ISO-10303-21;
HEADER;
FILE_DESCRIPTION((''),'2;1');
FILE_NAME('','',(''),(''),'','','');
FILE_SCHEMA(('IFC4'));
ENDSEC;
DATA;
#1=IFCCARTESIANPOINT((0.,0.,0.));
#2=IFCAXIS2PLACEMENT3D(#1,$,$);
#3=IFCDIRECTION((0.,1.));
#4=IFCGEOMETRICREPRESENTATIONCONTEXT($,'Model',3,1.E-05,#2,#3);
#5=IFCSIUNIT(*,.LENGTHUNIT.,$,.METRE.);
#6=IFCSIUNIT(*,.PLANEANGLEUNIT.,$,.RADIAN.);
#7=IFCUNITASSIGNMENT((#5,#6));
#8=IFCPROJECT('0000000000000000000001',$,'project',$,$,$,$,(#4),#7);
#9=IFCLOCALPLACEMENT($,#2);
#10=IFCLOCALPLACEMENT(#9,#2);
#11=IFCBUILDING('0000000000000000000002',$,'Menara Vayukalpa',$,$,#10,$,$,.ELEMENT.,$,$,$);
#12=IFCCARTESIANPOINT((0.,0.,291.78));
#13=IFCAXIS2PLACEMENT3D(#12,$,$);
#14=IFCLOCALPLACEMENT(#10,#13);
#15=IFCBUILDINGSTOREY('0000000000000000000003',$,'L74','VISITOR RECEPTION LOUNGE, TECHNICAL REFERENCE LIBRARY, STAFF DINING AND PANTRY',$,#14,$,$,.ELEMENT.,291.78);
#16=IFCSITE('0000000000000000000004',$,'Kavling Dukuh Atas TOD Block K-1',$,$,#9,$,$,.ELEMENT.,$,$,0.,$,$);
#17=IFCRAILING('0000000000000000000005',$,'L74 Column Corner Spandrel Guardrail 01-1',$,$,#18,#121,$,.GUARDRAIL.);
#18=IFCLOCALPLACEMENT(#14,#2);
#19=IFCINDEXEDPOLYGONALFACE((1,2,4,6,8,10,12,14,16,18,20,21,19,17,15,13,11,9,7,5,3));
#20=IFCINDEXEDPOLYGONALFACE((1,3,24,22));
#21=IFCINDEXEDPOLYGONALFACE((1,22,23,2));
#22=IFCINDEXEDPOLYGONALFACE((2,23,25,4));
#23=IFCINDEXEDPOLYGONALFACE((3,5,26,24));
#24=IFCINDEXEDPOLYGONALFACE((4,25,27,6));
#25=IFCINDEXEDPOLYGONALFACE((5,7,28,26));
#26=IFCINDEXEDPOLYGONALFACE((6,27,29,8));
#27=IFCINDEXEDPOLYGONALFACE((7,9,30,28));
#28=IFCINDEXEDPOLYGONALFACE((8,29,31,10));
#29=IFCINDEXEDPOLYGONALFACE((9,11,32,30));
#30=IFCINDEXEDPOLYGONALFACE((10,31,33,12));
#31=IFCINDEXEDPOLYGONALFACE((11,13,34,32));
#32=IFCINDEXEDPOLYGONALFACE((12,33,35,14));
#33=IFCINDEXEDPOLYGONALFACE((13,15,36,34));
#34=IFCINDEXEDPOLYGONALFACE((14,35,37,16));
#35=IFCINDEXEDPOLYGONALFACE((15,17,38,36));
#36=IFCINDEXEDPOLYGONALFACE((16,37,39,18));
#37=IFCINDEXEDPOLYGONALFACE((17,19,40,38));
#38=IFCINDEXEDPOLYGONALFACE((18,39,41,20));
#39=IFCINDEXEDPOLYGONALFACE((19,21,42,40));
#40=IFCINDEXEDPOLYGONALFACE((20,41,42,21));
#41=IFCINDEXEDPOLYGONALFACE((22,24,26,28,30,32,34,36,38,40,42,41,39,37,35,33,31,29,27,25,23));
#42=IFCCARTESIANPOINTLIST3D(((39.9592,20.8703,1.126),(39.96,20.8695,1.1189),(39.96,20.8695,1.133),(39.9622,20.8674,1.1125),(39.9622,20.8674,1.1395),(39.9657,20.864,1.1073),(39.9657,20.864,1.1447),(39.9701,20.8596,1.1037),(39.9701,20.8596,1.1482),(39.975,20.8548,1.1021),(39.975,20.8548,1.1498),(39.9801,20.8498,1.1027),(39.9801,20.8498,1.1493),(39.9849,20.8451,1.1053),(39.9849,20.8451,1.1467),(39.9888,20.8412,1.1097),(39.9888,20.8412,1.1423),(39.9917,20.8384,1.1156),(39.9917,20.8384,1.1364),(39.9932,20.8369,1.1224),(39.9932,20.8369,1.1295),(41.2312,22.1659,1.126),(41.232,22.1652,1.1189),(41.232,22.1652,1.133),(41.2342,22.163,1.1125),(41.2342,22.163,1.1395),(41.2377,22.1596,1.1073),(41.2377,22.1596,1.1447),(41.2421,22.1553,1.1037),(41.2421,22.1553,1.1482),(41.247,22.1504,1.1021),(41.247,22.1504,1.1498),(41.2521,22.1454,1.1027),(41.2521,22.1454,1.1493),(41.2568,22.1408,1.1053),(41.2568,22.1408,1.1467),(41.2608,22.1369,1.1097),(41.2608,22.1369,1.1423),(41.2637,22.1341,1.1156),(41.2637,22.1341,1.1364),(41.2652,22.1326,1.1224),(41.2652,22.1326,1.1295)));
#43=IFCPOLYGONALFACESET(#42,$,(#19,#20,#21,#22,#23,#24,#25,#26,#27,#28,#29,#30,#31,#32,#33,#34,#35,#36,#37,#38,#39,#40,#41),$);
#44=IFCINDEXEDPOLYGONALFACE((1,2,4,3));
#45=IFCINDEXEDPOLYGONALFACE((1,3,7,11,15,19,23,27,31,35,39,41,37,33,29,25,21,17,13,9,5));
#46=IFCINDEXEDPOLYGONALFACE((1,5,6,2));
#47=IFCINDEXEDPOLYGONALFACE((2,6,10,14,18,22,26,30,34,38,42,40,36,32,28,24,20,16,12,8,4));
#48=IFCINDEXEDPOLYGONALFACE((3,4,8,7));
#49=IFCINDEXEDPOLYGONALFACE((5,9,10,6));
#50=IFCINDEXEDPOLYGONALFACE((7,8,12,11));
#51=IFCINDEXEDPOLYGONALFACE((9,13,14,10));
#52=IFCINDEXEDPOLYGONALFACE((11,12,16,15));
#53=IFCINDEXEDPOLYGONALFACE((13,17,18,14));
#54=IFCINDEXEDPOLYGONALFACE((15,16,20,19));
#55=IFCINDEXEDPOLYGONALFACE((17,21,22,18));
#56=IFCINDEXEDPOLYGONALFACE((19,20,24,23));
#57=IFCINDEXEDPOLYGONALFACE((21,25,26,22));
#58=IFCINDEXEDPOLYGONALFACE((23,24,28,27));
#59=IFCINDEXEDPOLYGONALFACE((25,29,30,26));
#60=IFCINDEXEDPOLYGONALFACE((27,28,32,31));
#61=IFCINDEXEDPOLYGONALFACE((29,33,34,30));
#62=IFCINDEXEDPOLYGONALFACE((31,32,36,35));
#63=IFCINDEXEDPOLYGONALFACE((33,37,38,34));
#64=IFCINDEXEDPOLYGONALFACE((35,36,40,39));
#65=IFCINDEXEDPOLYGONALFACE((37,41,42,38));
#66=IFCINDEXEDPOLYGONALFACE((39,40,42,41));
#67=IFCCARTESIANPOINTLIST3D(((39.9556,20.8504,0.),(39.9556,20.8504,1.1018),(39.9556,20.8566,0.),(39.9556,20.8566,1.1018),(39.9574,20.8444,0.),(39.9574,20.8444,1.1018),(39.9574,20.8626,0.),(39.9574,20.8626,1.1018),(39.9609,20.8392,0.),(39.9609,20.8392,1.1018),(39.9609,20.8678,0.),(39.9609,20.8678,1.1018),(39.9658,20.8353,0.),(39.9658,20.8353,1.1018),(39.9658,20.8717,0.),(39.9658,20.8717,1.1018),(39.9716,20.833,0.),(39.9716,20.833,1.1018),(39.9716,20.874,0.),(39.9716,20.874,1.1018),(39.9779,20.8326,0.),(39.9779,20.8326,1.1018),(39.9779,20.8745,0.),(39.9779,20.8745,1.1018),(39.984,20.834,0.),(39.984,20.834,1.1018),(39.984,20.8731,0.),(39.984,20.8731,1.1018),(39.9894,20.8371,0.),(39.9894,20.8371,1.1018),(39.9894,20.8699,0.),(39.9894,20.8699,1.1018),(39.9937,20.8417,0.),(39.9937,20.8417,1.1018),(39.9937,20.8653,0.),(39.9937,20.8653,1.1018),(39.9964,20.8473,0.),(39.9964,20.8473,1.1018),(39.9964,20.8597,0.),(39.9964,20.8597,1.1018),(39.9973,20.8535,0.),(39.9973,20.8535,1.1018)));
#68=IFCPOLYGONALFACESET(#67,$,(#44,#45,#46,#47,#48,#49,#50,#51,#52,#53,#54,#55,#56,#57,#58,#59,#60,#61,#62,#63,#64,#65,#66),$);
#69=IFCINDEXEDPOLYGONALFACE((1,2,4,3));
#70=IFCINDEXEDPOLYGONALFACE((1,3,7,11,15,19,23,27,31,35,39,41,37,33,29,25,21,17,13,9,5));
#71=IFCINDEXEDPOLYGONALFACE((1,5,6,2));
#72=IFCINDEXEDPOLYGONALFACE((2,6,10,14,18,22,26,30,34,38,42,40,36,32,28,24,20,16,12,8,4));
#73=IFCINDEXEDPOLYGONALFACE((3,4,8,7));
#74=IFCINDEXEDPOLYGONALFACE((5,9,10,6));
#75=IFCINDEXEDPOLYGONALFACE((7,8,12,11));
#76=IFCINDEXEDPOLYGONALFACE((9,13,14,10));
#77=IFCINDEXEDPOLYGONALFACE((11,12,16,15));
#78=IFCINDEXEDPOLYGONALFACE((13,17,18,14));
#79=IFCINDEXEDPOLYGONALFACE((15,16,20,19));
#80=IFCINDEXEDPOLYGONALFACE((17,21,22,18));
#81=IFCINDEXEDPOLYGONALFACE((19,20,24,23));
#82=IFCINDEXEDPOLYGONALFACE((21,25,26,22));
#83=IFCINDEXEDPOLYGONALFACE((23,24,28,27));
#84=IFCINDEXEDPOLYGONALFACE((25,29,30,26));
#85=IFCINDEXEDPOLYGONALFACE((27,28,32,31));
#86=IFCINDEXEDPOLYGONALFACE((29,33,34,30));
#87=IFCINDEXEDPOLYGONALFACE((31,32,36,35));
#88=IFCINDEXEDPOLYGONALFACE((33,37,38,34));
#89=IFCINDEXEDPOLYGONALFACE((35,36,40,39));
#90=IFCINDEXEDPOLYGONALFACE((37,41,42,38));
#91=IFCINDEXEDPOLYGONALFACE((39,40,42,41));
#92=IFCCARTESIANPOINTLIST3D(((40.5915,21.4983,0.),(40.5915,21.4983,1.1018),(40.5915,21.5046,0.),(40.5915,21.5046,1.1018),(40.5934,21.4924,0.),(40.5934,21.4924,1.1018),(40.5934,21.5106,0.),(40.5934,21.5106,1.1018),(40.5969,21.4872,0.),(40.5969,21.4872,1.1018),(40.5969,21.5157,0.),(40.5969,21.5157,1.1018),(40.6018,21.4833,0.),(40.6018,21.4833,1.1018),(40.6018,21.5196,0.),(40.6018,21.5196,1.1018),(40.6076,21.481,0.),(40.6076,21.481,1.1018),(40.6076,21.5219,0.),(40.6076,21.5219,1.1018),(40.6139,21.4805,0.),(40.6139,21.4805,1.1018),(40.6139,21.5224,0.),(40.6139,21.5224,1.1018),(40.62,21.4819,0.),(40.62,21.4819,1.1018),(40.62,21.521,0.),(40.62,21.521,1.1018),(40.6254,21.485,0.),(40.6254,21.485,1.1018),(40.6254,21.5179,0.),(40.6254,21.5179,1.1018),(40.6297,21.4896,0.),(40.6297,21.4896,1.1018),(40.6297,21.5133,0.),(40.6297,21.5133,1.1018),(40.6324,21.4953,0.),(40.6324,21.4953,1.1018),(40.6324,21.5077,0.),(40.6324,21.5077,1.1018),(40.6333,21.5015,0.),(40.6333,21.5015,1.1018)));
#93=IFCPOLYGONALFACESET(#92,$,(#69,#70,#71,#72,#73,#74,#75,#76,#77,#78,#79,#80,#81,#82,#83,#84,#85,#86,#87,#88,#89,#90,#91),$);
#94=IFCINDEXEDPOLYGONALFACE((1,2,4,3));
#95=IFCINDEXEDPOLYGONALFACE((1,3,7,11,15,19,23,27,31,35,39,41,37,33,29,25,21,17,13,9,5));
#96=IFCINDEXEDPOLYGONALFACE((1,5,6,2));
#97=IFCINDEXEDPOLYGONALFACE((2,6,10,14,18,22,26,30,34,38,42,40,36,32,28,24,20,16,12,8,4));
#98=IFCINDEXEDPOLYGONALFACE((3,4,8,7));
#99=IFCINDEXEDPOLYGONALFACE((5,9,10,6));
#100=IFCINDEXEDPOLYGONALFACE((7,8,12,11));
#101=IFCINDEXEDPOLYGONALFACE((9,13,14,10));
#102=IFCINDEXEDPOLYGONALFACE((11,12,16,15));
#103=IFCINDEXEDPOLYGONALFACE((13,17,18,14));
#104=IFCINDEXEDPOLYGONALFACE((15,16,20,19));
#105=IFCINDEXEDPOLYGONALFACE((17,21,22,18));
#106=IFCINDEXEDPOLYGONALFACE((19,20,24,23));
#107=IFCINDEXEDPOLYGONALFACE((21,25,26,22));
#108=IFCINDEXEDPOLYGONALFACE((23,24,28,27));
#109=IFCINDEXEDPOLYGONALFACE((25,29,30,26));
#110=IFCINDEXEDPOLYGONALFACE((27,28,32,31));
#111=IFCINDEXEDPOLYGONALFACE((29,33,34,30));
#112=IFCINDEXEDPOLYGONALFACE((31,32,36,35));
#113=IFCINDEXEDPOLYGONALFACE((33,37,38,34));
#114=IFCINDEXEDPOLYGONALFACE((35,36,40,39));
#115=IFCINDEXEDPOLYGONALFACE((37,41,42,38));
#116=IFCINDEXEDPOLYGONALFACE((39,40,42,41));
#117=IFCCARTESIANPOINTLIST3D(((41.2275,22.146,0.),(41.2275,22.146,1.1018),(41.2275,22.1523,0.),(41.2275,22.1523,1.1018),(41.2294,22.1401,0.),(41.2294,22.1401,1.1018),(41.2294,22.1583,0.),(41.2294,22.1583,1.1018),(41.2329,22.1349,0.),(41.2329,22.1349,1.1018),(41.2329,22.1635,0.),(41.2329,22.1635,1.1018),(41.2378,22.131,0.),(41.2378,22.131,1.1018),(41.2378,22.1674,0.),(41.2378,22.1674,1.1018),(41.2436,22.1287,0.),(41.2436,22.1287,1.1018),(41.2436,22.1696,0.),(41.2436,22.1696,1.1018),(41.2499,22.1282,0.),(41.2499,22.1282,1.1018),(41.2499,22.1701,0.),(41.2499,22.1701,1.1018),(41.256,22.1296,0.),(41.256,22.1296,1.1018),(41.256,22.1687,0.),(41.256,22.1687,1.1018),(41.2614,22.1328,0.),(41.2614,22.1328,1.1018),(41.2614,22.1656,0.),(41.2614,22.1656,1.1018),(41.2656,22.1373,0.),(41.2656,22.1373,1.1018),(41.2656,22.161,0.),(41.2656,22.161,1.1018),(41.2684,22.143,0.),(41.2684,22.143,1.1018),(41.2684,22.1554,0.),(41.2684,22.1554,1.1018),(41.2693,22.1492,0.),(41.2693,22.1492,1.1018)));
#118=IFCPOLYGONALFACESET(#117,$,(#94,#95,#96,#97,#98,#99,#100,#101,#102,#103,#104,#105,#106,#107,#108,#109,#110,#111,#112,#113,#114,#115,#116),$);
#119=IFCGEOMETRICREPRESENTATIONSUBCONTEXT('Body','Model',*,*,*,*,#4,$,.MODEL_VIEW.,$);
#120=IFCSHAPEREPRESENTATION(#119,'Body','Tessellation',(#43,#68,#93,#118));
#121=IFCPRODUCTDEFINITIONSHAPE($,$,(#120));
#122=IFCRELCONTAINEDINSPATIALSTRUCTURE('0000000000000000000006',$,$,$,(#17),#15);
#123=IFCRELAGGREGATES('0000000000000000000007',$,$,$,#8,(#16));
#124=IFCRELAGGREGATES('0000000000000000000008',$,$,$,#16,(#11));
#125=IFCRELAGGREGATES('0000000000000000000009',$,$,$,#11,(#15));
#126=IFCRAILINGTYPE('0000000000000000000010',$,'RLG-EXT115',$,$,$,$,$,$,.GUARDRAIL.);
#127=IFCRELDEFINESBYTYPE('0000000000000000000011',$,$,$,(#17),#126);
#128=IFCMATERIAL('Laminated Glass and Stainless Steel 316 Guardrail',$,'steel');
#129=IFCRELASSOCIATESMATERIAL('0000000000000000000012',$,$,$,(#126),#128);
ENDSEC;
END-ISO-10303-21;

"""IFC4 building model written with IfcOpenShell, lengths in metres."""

from ifc_helpers import new_model, si_unit, direction, frame, origin, origin_2d, place, context, subcontext, project, spatial, circle, extrude, material, type_object, element, save


model = new_model("IFC4")

# Units and contexts
model_context = context("Model", 3, precision=1e-05, world=origin(), true_north=direction((0.0, 1.0)))
body_context = subcontext(model_context, "Body", "Model", "MODEL_VIEW")
ifc_project = project(units=[si_unit("LENGTHUNIT", "METRE"), si_unit("PLANEANGLEUNIT", "RADIAN")], contexts=[model_context])

# Site, building, storey
site_placement = place(None, origin())
site = spatial("IfcSite", under=ifc_project, at=site_placement, Name="Kavling Dukuh Atas TOD Block K-1", CompositionType="ELEMENT", RefElevation=0.0)
building_placement = place(site_placement, origin())
building = spatial("IfcBuilding", under=site, at=building_placement, Name="Menara Vayukalpa", CompositionType="ELEMENT")
storey_placement = place(building_placement, frame((0.0, 0.0, 291.78)))
storey = spatial("IfcBuildingStorey", under=building, at=storey_placement, Name="L74", Description="VISITOR RECEPTION LOUNGE, TECHNICAL REFERENCE LIBRARY, STAFF DINING AND PANTRY", CompositionType="ELEMENT", Elevation=291.78)

# Railing
ifc_material_1 = material(Name="Laminated Glass and Stainless Steel 316 Guardrail", Category="steel")
railing_type_1 = type_object("IfcRailingType", Name="RLG-EXT115", PredefinedType="GUARDRAIL", material=ifc_material_1)
railing_1_placement = place(storey_placement, frame((39.9763, 20.8535, 0.0)))
element("IfcRailing", 1, at=railing_1_placement, inside=storey, type_object=railing_type_1, Name="L74 Column Corner Spandrel Guardrail 01-1", PredefinedType="GUARDRAIL", context=body_context, shape_type="SweptSolid", body=[
    extrude(circle(Radius=0.0239, at=origin_2d()), frame((0.0, 0.0, 1.126), z_axis=(0.700555, 0.713598, 0.0), x_axis=(-0.713598, 0.700555, 0.0)), (0.0, 0.0, 1.0), 1.8157),
    extrude(circle(Radius=0.021, at=origin_2d()), origin(), (0.0, 0.0, 1.0), 1.1018),
    extrude(circle(Radius=0.021, at=origin_2d()), frame((0.636, 0.6479, 0.0)), (0.0, 0.0, 1.0), 1.1018),
    extrude(circle(Radius=0.021, at=origin_2d()), frame((1.272, 1.2957, 0.0)), (0.0, 0.0, 1.0), 1.1018),
])

save(model, "model.ifc")
